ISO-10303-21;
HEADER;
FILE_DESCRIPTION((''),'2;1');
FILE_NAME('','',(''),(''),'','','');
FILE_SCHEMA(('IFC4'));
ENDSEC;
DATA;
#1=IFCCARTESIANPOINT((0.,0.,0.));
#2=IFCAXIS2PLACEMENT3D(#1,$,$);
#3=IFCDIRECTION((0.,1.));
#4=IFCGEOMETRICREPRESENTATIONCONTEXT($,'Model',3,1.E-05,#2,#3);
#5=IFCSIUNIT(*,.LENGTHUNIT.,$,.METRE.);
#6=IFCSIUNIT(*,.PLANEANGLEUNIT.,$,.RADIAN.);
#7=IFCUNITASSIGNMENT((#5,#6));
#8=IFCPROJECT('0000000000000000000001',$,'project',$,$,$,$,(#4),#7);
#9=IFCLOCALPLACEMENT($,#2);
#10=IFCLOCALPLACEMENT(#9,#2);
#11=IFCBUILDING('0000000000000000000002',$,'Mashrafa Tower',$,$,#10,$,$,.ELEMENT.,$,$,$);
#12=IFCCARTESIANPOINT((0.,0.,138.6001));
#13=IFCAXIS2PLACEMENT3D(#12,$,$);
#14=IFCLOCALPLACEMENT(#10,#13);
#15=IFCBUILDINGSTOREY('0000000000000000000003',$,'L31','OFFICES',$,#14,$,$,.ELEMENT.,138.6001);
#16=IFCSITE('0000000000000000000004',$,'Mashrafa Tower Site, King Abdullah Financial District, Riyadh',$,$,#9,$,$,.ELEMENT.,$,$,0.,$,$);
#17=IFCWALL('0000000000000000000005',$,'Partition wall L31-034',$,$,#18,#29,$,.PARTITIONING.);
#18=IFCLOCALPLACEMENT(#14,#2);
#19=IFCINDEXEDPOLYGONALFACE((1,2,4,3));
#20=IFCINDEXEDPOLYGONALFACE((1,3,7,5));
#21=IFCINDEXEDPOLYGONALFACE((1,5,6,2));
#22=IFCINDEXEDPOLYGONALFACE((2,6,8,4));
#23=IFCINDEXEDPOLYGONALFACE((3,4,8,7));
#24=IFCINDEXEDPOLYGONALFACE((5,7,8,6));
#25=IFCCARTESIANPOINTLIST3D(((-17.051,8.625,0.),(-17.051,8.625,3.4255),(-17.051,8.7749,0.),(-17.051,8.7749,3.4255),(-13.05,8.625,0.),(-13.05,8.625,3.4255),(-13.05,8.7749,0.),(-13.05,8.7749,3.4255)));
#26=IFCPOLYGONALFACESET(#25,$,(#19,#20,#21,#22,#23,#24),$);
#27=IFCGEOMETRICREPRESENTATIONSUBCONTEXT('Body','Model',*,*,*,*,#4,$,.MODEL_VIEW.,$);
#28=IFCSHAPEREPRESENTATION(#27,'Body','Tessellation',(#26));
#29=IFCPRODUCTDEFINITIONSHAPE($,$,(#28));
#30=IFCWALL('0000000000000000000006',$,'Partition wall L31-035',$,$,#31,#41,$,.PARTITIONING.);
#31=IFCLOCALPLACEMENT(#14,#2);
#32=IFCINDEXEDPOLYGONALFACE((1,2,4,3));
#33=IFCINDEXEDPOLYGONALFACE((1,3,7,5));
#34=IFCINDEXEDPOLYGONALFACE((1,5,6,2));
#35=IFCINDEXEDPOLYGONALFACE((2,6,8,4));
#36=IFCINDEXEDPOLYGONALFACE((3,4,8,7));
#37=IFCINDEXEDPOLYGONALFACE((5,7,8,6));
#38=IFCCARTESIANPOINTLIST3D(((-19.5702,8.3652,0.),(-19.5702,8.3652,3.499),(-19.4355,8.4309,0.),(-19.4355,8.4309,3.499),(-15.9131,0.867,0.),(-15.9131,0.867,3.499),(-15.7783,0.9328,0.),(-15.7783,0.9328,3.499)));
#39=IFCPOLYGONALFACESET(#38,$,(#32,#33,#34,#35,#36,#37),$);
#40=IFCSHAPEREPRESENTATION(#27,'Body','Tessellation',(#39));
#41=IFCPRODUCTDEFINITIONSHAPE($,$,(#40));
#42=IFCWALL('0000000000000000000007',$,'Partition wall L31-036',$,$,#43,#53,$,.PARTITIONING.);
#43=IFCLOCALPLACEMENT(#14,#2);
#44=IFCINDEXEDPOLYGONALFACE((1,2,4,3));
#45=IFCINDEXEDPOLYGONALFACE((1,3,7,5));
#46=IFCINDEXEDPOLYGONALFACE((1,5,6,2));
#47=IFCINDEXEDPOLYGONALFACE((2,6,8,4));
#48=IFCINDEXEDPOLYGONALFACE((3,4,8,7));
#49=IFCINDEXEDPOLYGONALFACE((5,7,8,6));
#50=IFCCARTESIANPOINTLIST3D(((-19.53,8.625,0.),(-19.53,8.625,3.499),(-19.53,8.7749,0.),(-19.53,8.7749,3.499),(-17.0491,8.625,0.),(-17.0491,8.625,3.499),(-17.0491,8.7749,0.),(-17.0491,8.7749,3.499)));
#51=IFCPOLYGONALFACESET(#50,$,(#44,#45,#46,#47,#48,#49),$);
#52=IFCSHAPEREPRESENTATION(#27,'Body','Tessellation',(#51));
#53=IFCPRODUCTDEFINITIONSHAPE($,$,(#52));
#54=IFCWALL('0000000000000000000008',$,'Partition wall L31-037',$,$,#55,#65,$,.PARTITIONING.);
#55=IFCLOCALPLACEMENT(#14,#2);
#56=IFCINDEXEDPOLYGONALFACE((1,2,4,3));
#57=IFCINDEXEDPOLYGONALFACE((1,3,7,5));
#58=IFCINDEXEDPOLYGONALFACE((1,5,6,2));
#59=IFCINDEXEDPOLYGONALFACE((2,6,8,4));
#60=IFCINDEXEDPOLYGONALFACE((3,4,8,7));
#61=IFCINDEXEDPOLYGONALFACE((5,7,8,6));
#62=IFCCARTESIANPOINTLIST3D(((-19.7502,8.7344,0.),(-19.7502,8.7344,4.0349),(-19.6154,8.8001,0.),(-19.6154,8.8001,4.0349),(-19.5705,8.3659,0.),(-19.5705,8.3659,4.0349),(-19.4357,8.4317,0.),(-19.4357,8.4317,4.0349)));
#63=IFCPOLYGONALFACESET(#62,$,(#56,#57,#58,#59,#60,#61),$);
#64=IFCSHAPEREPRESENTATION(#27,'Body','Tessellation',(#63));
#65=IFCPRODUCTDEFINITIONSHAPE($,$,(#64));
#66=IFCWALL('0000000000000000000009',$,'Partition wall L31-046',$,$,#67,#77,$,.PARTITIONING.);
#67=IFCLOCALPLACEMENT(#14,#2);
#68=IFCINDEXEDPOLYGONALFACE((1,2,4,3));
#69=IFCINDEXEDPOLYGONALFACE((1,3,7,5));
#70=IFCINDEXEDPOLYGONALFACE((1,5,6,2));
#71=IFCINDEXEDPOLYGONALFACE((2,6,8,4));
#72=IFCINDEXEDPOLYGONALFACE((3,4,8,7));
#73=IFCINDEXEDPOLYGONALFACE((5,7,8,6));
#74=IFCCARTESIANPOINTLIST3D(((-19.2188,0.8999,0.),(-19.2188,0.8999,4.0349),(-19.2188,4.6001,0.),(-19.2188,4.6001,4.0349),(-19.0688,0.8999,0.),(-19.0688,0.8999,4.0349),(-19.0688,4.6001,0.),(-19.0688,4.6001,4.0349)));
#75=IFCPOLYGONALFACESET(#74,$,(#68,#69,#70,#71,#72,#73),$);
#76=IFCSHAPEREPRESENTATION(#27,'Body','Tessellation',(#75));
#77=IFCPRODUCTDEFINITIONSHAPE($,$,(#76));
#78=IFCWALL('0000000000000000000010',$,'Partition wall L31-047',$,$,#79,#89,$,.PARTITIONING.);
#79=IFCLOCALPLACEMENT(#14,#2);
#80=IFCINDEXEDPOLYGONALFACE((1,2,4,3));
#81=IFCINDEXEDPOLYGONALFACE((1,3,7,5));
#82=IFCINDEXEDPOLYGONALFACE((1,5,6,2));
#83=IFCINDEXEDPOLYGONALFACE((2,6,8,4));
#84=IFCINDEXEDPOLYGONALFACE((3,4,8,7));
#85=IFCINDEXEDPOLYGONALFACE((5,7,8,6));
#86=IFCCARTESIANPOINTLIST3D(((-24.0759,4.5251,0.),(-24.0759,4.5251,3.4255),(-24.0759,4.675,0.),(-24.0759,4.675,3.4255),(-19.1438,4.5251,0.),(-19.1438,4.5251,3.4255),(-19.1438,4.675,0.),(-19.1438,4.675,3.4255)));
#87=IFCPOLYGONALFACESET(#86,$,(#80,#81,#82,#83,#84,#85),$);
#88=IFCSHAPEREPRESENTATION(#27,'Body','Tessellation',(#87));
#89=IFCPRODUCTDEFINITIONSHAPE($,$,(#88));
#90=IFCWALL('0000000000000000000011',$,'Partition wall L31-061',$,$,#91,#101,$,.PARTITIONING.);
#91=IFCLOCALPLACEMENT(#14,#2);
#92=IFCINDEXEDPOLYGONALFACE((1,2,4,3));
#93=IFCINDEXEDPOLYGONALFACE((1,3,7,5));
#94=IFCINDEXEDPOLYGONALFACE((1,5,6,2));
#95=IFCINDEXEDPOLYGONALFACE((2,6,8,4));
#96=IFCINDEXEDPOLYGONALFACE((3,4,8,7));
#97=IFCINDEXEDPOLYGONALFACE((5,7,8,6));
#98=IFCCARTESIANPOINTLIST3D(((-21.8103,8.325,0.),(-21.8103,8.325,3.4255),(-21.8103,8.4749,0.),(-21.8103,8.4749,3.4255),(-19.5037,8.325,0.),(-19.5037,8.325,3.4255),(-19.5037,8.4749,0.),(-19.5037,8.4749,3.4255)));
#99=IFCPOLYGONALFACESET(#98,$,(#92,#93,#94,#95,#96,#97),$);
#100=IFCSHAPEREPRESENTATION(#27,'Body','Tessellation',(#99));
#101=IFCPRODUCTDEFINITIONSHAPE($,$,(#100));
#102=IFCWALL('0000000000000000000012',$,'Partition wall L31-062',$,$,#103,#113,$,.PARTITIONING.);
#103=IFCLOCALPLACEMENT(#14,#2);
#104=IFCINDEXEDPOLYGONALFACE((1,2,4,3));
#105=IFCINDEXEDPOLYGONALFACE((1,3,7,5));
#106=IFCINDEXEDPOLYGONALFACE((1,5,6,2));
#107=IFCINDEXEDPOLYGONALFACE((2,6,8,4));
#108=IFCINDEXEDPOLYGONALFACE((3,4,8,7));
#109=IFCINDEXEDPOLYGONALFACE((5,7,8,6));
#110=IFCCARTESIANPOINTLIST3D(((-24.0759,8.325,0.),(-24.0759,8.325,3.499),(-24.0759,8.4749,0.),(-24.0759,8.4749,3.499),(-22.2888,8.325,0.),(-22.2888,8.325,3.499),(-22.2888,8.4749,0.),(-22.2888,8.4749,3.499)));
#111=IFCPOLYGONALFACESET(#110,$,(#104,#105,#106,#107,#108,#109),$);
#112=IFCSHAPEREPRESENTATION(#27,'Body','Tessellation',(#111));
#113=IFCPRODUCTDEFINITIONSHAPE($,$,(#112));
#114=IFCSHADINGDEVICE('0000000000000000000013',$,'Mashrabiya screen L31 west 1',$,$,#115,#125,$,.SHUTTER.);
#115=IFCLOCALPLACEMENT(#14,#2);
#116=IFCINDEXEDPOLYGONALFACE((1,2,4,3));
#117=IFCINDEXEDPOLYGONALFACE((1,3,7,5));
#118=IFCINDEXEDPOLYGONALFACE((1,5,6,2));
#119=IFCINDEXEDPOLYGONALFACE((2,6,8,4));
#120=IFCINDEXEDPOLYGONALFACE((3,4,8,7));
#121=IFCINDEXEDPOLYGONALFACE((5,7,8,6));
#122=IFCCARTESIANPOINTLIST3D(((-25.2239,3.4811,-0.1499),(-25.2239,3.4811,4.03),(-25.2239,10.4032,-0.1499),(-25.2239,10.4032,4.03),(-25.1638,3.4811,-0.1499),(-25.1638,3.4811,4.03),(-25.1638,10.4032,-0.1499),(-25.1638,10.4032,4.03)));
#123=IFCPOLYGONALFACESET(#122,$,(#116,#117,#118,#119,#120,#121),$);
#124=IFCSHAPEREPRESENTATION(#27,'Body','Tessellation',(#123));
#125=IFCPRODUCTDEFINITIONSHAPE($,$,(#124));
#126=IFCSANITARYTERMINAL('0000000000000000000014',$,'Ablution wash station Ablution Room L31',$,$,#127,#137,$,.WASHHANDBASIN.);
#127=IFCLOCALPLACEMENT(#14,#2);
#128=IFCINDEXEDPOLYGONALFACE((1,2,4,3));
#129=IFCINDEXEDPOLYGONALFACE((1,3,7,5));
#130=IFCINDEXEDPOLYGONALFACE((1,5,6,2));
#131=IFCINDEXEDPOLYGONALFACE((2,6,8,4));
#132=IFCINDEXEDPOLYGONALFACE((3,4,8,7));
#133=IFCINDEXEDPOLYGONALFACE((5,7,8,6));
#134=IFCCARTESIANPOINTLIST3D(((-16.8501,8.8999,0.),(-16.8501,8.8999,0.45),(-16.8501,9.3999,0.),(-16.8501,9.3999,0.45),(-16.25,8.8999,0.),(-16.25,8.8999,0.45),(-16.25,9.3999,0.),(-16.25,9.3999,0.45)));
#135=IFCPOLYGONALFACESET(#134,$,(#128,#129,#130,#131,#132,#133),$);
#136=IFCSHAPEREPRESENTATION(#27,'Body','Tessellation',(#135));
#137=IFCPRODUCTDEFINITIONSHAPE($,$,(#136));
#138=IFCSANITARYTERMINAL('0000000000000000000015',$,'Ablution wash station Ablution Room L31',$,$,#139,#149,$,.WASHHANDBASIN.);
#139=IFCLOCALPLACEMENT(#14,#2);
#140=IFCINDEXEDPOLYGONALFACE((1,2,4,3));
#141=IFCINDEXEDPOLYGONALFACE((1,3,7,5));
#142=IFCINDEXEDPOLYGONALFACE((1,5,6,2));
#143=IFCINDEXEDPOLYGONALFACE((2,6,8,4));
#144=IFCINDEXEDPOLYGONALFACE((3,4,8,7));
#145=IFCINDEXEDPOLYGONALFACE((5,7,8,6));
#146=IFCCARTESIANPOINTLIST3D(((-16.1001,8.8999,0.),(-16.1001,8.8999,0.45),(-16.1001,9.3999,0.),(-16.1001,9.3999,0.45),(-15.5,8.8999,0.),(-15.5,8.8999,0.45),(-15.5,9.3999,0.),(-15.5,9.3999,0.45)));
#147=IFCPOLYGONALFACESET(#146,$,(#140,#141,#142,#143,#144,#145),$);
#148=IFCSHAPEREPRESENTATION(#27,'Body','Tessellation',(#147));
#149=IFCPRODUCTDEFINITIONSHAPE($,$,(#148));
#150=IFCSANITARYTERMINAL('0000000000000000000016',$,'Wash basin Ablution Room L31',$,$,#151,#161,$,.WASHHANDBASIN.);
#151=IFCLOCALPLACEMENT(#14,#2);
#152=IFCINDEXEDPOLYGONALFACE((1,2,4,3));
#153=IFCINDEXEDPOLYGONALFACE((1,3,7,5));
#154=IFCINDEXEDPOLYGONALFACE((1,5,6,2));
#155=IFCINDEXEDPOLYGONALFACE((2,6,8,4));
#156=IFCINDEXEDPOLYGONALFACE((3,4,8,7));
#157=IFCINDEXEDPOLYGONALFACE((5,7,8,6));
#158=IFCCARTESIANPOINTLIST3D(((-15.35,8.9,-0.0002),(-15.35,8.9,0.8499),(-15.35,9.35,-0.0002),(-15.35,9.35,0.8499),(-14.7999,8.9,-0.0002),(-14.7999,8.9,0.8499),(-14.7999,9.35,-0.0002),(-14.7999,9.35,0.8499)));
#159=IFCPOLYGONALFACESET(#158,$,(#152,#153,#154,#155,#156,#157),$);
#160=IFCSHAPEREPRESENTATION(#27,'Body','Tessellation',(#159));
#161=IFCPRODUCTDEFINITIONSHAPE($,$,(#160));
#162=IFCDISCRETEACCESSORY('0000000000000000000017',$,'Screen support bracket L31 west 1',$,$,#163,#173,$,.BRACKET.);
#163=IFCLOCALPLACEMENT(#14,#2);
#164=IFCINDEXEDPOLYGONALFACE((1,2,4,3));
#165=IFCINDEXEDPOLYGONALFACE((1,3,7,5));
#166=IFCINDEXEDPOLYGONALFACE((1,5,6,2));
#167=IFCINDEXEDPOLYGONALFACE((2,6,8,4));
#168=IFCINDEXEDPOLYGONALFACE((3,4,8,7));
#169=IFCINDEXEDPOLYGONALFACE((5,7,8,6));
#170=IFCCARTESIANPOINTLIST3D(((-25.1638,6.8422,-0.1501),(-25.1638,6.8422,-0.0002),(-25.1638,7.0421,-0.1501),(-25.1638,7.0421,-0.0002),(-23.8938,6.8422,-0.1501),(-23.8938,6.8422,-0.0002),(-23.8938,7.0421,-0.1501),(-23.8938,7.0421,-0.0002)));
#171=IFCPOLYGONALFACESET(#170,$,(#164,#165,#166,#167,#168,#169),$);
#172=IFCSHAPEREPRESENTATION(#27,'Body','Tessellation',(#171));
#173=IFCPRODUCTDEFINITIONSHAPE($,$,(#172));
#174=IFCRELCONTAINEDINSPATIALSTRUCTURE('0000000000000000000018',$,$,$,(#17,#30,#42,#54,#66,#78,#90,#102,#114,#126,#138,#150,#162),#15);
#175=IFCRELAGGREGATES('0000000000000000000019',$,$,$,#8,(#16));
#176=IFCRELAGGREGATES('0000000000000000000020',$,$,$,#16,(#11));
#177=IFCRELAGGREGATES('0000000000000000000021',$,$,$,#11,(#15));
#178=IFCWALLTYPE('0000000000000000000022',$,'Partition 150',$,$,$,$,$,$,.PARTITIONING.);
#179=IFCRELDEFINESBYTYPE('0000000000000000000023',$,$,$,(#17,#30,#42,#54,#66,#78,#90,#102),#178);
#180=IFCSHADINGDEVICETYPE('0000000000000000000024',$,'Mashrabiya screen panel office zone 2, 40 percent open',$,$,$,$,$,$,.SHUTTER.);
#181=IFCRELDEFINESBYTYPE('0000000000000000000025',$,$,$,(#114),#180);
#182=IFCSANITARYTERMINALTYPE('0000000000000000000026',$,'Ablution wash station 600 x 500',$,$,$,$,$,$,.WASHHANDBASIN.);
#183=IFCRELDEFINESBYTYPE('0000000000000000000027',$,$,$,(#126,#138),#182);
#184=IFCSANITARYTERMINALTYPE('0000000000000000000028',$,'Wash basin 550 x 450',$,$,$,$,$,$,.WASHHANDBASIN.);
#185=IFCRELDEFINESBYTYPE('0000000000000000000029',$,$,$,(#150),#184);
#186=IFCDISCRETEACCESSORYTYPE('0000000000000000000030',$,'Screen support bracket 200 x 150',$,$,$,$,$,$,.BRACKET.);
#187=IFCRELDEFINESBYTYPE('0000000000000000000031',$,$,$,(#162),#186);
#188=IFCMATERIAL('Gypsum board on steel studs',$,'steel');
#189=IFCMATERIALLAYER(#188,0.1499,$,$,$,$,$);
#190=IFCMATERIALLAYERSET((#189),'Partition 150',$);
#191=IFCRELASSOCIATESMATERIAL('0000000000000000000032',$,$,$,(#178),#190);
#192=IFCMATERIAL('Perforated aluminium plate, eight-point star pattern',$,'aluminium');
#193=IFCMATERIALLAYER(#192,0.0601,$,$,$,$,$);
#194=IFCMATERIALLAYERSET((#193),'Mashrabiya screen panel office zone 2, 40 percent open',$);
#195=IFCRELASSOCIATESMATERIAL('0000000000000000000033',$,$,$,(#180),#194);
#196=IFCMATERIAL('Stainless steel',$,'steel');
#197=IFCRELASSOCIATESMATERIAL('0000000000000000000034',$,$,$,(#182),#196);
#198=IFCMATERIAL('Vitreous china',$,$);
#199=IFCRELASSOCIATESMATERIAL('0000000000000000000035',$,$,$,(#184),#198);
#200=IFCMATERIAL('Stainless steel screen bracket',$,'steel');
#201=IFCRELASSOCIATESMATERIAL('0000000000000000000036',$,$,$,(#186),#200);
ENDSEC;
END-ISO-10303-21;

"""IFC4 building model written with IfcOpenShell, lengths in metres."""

from ifc_helpers import new_model, si_unit, direction, frame, frame_2d, origin, origin_2d, place, context, subcontext, project, spatial, rectangle, extrude, source, transform, mapped, material, layer, layer_set, type_object, type_shapes, element, save


model = new_model("IFC4")

# Units and contexts
model_context = context("Model", 3, precision=1e-05, world=origin(), true_north=direction((0.0, 1.0)))
body_context = subcontext(model_context, "Body", "Model", "MODEL_VIEW")
ifc_project = project(units=[si_unit("LENGTHUNIT", "METRE"), si_unit("PLANEANGLEUNIT", "RADIAN")], contexts=[model_context])

# Site, building, storey
site_placement = place(None, origin())
site = spatial("IfcSite", under=ifc_project, at=site_placement, Name="Mashrafa Tower Site, King Abdullah Financial District, Riyadh", CompositionType="ELEMENT", RefElevation=0.0)
building_placement = place(site_placement, origin())
building = spatial("IfcBuilding", under=site, at=building_placement, Name="Mashrafa Tower", CompositionType="ELEMENT")
storey_placement = place(building_placement, frame((0.0, 0.0, 138.6001)))
storey = spatial("IfcBuildingStorey", under=building, at=storey_placement, Name="L31", Description="OFFICES", CompositionType="ELEMENT", Elevation=138.6001)

# Walls
ifc_material_1 = material(Name="Gypsum board on steel studs", Category="steel")
ifc_layer_1 = layer(ifc_material_1, 0.1499)
ifc_layer_set_1 = layer_set([ifc_layer_1], Name="Partition 150")
wall_type_1 = type_object("IfcWallType", Name="Partition 150", PredefinedType="PARTITIONING", material=ifc_layer_set_1)
wall_1_placement = place(storey_placement, frame((-13.05, 8.7, 0.0), z_axis=(0.0, 0.0, 1.0), x_axis=(-1.0, 0.0, 0.0)))
element("IfcWall", 1, at=wall_1_placement, inside=storey, type_object=wall_type_1, Name="Partition wall L31-034", PredefinedType="PARTITIONING", context=body_context, shape_type="SweptSolid", body=[
    extrude(rectangle(XDim=4.001, YDim=0.1499, at=frame_2d((2.0005, 0.0))), origin(), (0.0, 0.0, 1.0), 3.4255),
])
wall_2_placement = place(storey_placement, frame((-19.5029, 8.3982, 0.0), z_axis=(0.0, 0.0, 1.0), x_axis=(0.438378, -0.898791, 0.0)))
element("IfcWall", 2, at=wall_2_placement, inside=storey, type_object=wall_type_1, Name="Partition wall L31-035", PredefinedType="PARTITIONING", context=body_context, shape_type="SweptSolid", body=[
    extrude(rectangle(XDim=8.3425, YDim=0.1499, at=frame_2d((4.1714, 0.0))), origin(), (0.0, 0.0, 1.0), 3.499),
])
wall_3_placement = place(storey_placement, frame((-17.0491, 8.7, 0.0), z_axis=(0.0, 0.0, 1.0), x_axis=(-1.0, 0.0, 0.0)))
element("IfcWall", 3, at=wall_3_placement, inside=storey, type_object=wall_type_1, Name="Partition wall L31-036", PredefinedType="PARTITIONING", context=body_context, shape_type="SweptSolid", body=[
    extrude(rectangle(XDim=2.481, YDim=0.1499, at=frame_2d((1.2405, 0.0))), origin(), (0.0, 0.0, 1.0), 3.499),
])
wall_4_placement = place(storey_placement, frame((-19.6829, 8.7673, 0.0), z_axis=(0.0, 0.0, 1.0), x_axis=(0.438377, -0.898791, 0.0)))
element("IfcWall", 4, at=wall_4_placement, inside=storey, type_object=wall_type_1, Name="Partition wall L31-037", PredefinedType="PARTITIONING", context=body_context, shape_type="SweptSolid", body=[
    extrude(rectangle(XDim=0.4099, YDim=0.1499, at=frame_2d((0.2051, 0.0))), origin(), (0.0, 0.0, 1.0), 4.0349),
])
wall_5_placement = place(storey_placement, frame((-19.1438, 0.8999, 0.0), z_axis=(0.0, 0.0, 1.0), x_axis=(0.0, 1.0, 0.0)))
element("IfcWall", 5, at=wall_5_placement, inside=storey, type_object=wall_type_1, Name="Partition wall L31-046", PredefinedType="PARTITIONING", context=body_context, shape_type="SweptSolid", body=[
    extrude(rectangle(XDim=3.7002, YDim=0.1499, at=frame_2d((1.8501, 0.0))), origin(), (0.0, 0.0, 1.0), 4.0349),
])
wall_6_placement = place(storey_placement, frame((-19.1438, 4.6001, 0.0), z_axis=(0.0, 0.0, 1.0), x_axis=(-1.0, 0.0, 0.0)))
element("IfcWall", 6, at=wall_6_placement, inside=storey, type_object=wall_type_1, Name="Partition wall L31-047", PredefinedType="PARTITIONING", context=body_context, shape_type="SweptSolid", body=[
    extrude(rectangle(XDim=4.9321, YDim=0.1499, at=frame_2d((2.4661, 0.0))), origin(), (0.0, 0.0, 1.0), 3.4255),
])
wall_7_placement = place(storey_placement, frame((-19.5037, 8.3999, 0.0), z_axis=(0.0, 0.0, 1.0), x_axis=(-1.0, 0.0, 0.0)))
element("IfcWall", 7, at=wall_7_placement, inside=storey, type_object=wall_type_1, Name="Partition wall L31-061", PredefinedType="PARTITIONING", context=body_context, shape_type="SweptSolid", body=[
    extrude(rectangle(XDim=2.3066, YDim=0.1499, at=frame_2d((1.1533, 0.0))), origin(), (0.0, 0.0, 1.0), 3.4255),
])
wall_8_placement = place(storey_placement, frame((-22.2888, 8.3999, 0.0), z_axis=(0.0, 0.0, 1.0), x_axis=(-1.0, 0.0, 0.0)))
element("IfcWall", 8, at=wall_8_placement, inside=storey, type_object=wall_type_1, Name="Partition wall L31-062", PredefinedType="PARTITIONING", context=body_context, shape_type="SweptSolid", body=[
    extrude(rectangle(XDim=1.7871, YDim=0.1499, at=frame_2d((0.8936, 0.0))), origin(), (0.0, 0.0, 1.0), 3.499),
])

# Shading device
ifc_material_2 = material(Name="Perforated aluminium plate, eight-point star pattern", Category="aluminium")
ifc_layer_2 = layer(ifc_material_2, 0.0601)
ifc_layer_set_2 = layer_set([ifc_layer_2], Name="Mashrabiya screen panel office zone 2, 40 percent open")
shading_device_type = type_object("IfcShadingDeviceType", Name="Mashrabiya screen panel office zone 2, 40 percent open", PredefinedType="SHUTTER", material=ifc_layer_set_2)
shared_shape_1 = source(origin(), body_context, "Body", "SweptSolid", [
    extrude(rectangle(XDim=6.9221, YDim=0.0601, at=origin_2d()), origin(), (0.0, 0.0, 1.0), 4.1799),
])
type_shapes(shading_device_type, [shared_shape_1])
shading_device_placement = place(storey_placement, frame((-25.1938, 6.9421, -0.1499), z_axis=(0.0, 0.0, 1.0), x_axis=(0.0, -1.0, 0.0)))
element("IfcShadingDevice", 9, at=shading_device_placement, inside=storey, type_object=shading_device_type, Name="Mashrabiya screen L31 west 1", PredefinedType="SHUTTER", context=body_context, shape_type="MappedRepresentation", body=[
    mapped(shared_shape_1, transform((0.0, 0.0, 0.0))),
])

# Sanitary terminals
ifc_material_3 = material(Name="Stainless steel", Category="steel")
sanitary_terminal_type_1 = type_object("IfcSanitaryTerminalType", Name="Ablution wash station 600 x 500", PredefinedType="WASHHANDBASIN", material=ifc_material_3)
for number, where, z_axis, x_axis, name in (
    (10, (-16.55, 9.1499, 0.0), (0.0, 0.0, 1.0), (1.0, 0.0, 0.0), "Ablution wash station Ablution Room L31"),
    (11, (-15.8, 9.1499, 0.0), (0.0, 0.0, 1.0), (1.0, 0.0, 0.0), "Ablution wash station Ablution Room L31"),
):
    element("IfcSanitaryTerminal", number, at=place(storey_placement, frame(where, z_axis=z_axis, x_axis=x_axis)), inside=storey, type_object=sanitary_terminal_type_1, Name=name, PredefinedType="WASHHANDBASIN", context=body_context, shape_type="SweptSolid", body=[
        extrude(rectangle(XDim=0.6001, YDim=0.5, at=origin_2d()), origin(), (0.0, 0.0, 1.0), 0.45),
    ])
ifc_material_4 = material(Name="Vitreous china")
sanitary_terminal_type_2 = type_object("IfcSanitaryTerminalType", Name="Wash basin 550 x 450", PredefinedType="WASHHANDBASIN", material=ifc_material_4)
sanitary_terminal_placement = place(storey_placement, frame((-15.075, 9.125, -0.0002), z_axis=(0.0, 0.0, 1.0), x_axis=(1.0, 0.0, 0.0)))
element("IfcSanitaryTerminal", 12, at=sanitary_terminal_placement, inside=storey, type_object=sanitary_terminal_type_2, Name="Wash basin Ablution Room L31", PredefinedType="WASHHANDBASIN", context=body_context, shape_type="SweptSolid", body=[
    extrude(rectangle(XDim=0.55, YDim=0.45, at=origin_2d()), origin(), (0.0, 0.0, 1.0), 0.8501),
])

# Discrete accessory
ifc_material_5 = material(Name="Stainless steel screen bracket", Category="steel")
discrete_accessory_type = type_object("IfcDiscreteAccessoryType", Name="Screen support bracket 200 x 150", PredefinedType="BRACKET", material=ifc_material_5)
shared_shape_2 = source(origin(), body_context, "Body", "SweptSolid", [
    extrude(rectangle(XDim=0.2, YDim=1.27, at=origin_2d()), origin(), (0.0, 0.0, 1.0), 0.1499),
])
type_shapes(discrete_accessory_type, [shared_shape_2])
discrete_accessory_placement = place(storey_placement, frame((-24.5288, 6.9421, -0.1501), z_axis=(0.0, 0.0, 1.0), x_axis=(0.0, -1.0, 0.0)))
element("IfcDiscreteAccessory", 13, at=discrete_accessory_placement, inside=storey, type_object=discrete_accessory_type, Name="Screen support bracket L31 west 1", PredefinedType="BRACKET", context=body_context, shape_type="MappedRepresentation", body=[
    mapped(shared_shape_2, transform((0.0, 0.0, 0.0))),
])

save(model, "model.ifc")
